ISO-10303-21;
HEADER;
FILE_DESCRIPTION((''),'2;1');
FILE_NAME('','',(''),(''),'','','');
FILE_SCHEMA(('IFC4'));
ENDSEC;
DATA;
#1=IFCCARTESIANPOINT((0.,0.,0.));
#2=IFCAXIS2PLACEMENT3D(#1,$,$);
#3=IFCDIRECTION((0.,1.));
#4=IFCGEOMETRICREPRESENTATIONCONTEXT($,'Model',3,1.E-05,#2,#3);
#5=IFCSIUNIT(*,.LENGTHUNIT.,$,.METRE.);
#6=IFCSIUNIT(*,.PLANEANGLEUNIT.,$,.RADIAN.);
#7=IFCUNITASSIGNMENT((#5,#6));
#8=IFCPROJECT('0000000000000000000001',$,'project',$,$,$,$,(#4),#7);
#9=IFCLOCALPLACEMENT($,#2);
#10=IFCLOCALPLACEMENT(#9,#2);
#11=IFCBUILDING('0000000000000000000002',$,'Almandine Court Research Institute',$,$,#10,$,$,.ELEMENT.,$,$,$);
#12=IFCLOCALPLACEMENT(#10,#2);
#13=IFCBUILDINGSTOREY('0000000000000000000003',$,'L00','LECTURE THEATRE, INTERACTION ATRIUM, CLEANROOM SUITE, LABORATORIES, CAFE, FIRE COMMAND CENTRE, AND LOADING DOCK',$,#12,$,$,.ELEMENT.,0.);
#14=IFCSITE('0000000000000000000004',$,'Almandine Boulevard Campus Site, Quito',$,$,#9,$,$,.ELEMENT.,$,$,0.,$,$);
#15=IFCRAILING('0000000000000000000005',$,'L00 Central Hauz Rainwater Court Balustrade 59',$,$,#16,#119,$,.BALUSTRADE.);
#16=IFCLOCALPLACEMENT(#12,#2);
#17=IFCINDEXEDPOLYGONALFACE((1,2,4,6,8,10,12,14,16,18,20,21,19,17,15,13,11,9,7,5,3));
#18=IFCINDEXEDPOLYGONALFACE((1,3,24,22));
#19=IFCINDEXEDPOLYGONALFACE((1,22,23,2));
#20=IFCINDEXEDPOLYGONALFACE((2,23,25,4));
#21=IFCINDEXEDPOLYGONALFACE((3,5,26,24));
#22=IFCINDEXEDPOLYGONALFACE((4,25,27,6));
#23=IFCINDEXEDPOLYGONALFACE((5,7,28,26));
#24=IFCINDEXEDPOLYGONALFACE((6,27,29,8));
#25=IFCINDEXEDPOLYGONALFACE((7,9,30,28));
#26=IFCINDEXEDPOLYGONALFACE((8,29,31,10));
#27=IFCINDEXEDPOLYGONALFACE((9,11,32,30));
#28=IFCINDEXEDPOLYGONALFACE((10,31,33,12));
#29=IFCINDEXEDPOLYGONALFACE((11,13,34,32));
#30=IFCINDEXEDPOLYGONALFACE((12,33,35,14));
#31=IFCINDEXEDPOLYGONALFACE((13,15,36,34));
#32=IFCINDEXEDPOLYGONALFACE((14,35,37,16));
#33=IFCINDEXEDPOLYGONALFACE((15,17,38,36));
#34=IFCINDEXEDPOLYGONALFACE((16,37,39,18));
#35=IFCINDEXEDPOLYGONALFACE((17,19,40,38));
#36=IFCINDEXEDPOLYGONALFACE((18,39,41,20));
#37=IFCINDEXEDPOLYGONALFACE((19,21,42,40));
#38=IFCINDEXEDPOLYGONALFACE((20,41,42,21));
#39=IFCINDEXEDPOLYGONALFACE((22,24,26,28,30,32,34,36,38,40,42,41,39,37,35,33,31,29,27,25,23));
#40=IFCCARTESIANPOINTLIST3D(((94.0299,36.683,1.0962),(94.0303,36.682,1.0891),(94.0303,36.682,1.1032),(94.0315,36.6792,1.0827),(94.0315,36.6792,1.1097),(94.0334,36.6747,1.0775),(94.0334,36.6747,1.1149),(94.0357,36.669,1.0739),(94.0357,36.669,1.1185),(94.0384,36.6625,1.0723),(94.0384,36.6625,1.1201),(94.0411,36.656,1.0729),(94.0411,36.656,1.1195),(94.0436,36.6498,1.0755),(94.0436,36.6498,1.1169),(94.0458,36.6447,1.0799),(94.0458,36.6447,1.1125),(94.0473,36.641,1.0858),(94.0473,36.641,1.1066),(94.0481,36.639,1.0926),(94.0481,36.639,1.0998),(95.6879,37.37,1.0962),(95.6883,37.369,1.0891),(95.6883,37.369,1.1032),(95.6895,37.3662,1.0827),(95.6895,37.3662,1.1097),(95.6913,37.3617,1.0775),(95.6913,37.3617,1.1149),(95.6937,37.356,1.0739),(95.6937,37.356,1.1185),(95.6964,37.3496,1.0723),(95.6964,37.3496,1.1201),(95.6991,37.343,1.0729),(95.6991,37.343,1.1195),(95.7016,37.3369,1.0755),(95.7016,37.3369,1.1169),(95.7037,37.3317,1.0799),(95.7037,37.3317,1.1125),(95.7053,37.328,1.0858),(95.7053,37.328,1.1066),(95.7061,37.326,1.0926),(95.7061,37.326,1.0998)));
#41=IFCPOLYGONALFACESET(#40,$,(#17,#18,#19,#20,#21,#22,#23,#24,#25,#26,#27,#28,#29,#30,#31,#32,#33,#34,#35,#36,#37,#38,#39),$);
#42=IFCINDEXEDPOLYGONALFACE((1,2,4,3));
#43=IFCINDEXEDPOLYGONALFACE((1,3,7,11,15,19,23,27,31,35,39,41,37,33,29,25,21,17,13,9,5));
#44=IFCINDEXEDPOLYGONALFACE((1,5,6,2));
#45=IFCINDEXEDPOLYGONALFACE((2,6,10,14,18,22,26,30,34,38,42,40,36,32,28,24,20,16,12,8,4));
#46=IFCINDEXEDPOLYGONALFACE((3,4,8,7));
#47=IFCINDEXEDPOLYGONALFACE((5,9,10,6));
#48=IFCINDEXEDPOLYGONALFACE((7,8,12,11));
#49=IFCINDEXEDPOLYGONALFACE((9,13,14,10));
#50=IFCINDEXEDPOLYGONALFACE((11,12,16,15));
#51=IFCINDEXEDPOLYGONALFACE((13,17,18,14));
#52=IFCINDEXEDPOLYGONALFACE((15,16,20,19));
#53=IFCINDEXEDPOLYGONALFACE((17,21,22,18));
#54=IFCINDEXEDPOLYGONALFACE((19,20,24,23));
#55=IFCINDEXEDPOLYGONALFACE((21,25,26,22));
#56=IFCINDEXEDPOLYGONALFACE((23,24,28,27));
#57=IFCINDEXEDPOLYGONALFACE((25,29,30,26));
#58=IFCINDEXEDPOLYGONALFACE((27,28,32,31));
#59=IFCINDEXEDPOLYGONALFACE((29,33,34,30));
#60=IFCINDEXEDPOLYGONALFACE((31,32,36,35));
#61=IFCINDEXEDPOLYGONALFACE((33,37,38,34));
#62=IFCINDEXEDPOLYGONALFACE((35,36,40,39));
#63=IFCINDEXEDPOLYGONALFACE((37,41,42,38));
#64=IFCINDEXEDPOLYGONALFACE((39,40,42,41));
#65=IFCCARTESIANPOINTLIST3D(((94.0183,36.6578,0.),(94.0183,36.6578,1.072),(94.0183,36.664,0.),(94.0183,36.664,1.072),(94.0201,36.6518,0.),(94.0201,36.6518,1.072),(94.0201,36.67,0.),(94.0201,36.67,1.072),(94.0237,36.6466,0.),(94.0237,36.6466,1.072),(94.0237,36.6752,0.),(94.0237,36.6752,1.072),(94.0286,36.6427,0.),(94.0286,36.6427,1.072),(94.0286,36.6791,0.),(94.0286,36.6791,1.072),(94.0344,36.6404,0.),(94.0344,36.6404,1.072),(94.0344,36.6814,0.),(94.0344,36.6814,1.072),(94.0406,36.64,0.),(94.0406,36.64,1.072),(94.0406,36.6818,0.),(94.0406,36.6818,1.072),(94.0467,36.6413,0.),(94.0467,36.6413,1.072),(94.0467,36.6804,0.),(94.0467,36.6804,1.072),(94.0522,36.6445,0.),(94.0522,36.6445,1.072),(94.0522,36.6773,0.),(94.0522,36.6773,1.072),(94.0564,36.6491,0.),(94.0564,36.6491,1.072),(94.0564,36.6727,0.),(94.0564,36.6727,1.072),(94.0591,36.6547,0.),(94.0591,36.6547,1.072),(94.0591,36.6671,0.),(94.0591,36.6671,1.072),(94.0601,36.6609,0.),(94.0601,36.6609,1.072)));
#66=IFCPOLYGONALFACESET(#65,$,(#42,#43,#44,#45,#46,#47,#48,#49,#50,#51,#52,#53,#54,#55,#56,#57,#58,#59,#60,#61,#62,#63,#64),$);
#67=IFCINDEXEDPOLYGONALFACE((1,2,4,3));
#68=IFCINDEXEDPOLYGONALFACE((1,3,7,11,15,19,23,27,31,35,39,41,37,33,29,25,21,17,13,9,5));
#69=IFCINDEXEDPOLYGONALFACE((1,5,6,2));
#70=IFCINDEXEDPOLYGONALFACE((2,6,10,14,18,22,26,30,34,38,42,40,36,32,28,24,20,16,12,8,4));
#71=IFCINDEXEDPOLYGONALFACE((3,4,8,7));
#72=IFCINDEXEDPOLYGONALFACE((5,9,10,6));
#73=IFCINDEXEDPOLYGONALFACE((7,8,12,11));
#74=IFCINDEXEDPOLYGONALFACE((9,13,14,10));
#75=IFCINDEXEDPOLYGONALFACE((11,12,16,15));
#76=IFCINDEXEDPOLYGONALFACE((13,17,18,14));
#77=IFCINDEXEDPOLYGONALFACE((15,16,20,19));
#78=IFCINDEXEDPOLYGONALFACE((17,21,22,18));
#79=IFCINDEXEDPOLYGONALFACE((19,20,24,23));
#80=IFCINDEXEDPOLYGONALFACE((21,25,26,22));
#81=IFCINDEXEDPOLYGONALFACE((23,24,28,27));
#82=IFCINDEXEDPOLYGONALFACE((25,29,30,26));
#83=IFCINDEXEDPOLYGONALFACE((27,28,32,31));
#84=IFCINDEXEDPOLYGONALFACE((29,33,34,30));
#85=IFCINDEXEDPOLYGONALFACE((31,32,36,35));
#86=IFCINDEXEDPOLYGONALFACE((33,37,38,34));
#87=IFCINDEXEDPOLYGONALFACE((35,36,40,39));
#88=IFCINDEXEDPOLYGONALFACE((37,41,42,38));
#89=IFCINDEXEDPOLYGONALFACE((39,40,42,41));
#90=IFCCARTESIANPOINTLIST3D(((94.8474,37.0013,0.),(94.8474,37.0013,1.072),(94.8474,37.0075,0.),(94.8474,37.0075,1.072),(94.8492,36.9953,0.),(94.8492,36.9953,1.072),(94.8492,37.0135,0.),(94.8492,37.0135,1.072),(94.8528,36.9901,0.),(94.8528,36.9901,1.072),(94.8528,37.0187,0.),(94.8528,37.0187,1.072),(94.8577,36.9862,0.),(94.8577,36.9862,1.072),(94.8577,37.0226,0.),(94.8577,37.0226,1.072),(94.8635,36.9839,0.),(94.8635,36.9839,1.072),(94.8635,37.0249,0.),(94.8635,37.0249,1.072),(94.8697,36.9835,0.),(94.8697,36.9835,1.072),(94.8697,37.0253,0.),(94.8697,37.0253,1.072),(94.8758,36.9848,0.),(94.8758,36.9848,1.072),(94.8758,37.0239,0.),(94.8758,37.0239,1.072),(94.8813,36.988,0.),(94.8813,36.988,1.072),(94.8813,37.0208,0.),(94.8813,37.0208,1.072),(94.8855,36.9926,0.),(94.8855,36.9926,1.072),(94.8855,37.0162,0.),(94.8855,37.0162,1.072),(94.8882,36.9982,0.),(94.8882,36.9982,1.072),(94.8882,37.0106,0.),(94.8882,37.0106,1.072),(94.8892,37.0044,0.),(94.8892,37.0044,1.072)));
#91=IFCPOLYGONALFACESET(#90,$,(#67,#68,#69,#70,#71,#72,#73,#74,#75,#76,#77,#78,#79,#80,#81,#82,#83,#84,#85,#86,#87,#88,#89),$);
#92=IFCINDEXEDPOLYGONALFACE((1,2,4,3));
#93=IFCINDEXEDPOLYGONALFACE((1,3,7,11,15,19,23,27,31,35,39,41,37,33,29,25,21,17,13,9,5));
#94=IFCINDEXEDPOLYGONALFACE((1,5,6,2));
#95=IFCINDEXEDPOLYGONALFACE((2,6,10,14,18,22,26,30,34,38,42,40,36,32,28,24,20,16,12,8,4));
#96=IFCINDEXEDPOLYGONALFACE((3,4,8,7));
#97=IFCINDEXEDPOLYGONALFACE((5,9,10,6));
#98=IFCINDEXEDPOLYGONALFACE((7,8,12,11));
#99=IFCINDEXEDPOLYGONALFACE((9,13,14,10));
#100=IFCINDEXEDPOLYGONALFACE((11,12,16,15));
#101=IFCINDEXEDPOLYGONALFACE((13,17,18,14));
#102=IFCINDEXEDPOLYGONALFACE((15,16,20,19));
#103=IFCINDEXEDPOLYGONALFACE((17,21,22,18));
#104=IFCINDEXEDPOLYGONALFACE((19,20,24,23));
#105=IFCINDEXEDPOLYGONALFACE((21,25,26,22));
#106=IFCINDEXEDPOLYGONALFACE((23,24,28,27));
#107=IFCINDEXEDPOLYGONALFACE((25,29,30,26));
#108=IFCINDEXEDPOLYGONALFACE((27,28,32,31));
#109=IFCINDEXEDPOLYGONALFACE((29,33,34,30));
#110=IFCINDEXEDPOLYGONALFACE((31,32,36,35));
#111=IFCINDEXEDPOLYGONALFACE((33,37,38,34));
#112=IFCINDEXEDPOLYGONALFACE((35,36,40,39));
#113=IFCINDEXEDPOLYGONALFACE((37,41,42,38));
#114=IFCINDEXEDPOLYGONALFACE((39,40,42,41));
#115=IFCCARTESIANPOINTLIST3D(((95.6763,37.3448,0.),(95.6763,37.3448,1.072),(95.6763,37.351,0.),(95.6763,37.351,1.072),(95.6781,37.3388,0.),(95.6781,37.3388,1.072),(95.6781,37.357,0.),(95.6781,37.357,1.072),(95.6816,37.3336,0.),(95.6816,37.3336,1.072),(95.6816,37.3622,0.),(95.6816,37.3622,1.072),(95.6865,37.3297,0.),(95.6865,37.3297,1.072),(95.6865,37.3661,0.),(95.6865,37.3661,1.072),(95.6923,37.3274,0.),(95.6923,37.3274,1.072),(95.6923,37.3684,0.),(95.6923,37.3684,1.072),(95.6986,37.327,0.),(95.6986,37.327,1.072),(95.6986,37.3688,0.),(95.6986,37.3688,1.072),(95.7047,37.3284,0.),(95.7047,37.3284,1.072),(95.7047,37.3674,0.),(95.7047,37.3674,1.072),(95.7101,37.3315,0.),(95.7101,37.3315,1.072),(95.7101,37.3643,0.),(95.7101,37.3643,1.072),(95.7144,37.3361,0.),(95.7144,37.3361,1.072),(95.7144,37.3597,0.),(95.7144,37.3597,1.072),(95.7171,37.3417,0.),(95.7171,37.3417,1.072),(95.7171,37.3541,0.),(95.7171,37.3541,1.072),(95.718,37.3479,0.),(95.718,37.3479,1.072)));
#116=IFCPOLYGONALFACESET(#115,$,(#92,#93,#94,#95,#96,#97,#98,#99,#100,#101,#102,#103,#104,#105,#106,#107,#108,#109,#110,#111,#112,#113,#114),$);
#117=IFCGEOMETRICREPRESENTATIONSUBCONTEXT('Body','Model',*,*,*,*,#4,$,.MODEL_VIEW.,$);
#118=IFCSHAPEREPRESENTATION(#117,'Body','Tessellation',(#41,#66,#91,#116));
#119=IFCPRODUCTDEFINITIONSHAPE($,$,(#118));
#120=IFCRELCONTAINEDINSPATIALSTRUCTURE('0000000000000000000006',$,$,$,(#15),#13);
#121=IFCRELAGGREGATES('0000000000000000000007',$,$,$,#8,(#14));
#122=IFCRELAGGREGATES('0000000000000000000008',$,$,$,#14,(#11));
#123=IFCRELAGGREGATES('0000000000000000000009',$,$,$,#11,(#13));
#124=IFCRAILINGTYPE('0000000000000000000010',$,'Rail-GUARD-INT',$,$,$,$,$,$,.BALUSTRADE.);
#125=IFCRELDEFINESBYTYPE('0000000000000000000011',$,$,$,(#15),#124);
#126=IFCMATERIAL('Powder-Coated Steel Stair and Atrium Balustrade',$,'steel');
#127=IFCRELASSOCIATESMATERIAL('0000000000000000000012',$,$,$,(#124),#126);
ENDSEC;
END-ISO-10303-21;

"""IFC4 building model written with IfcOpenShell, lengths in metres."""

from ifc_helpers import new_model, si_unit, direction, frame, origin, origin_2d, place, context, subcontext, project, spatial, circle, extrude, material, type_object, element, save


model = new_model("IFC4")

# Units and contexts
model_context = context("Model", 3, precision=1e-05, world=origin(), true_north=direction((0.0, 1.0)))
body_context = subcontext(model_context, "Body", "Model", "MODEL_VIEW")
ifc_project = project(units=[si_unit("LENGTHUNIT", "METRE"), si_unit("PLANEANGLEUNIT", "RADIAN")], contexts=[model_context])

# Site, building, storey
site_placement = place(None, origin())
site = spatial("IfcSite", under=ifc_project, at=site_placement, Name="Almandine Boulevard Campus Site, Quito", CompositionType="ELEMENT", RefElevation=0.0)
building_placement = place(site_placement, origin())
building = spatial("IfcBuilding", under=site, at=building_placement, Name="Almandine Court Research Institute", CompositionType="ELEMENT")
storey_placement = place(building_placement, origin())
storey = spatial("IfcBuildingStorey", under=building, at=storey_placement, Name="L00", Description="LECTURE THEATRE, INTERACTION ATRIUM, CLEANROOM SUITE, LABORATORIES, CAFE, FIRE COMMAND CENTRE, AND LOADING DOCK", CompositionType="ELEMENT", Elevation=0.0)

# Railing
ifc_material_1 = material(Name="Powder-Coated Steel Stair and Atrium Balustrade", Category="steel")
railing_type = type_object("IfcRailingType", Name="Rail-GUARD-INT", PredefinedType="BALUSTRADE", material=ifc_material_1)
railing_1_placement = place(storey_placement, frame((94.0391, 36.6609, 0.0)))
element("IfcRailing", 1, at=railing_1_placement, inside=storey, type_object=railing_type, Name="L00 Central Hauz Rainwater Court Balustrade 59", PredefinedType="BALUSTRADE", context=body_context, shape_type="SweptSolid", body=[
    extrude(circle(Radius=0.0239, at=origin_2d()), frame((0.0, 0.0, 1.0962), z_axis=(0.923828, 0.382808, 0.0), x_axis=(-0.382808, 0.923828, 0.0)), (0.0, 0.0, 1.0), 1.7947),
    extrude(circle(Radius=0.021, at=origin_2d()), origin(), (0.0, 0.0, 1.0), 1.072),
    extrude(circle(Radius=0.021, at=origin_2d()), frame((0.8291, 0.3435, 0.0)), (0.0, 0.0, 1.0), 1.072),
    extrude(circle(Radius=0.021, at=origin_2d()), frame((1.658, 0.687, 0.0)), (0.0, 0.0, 1.0), 1.072),
])

save(model, "model.ifc")
